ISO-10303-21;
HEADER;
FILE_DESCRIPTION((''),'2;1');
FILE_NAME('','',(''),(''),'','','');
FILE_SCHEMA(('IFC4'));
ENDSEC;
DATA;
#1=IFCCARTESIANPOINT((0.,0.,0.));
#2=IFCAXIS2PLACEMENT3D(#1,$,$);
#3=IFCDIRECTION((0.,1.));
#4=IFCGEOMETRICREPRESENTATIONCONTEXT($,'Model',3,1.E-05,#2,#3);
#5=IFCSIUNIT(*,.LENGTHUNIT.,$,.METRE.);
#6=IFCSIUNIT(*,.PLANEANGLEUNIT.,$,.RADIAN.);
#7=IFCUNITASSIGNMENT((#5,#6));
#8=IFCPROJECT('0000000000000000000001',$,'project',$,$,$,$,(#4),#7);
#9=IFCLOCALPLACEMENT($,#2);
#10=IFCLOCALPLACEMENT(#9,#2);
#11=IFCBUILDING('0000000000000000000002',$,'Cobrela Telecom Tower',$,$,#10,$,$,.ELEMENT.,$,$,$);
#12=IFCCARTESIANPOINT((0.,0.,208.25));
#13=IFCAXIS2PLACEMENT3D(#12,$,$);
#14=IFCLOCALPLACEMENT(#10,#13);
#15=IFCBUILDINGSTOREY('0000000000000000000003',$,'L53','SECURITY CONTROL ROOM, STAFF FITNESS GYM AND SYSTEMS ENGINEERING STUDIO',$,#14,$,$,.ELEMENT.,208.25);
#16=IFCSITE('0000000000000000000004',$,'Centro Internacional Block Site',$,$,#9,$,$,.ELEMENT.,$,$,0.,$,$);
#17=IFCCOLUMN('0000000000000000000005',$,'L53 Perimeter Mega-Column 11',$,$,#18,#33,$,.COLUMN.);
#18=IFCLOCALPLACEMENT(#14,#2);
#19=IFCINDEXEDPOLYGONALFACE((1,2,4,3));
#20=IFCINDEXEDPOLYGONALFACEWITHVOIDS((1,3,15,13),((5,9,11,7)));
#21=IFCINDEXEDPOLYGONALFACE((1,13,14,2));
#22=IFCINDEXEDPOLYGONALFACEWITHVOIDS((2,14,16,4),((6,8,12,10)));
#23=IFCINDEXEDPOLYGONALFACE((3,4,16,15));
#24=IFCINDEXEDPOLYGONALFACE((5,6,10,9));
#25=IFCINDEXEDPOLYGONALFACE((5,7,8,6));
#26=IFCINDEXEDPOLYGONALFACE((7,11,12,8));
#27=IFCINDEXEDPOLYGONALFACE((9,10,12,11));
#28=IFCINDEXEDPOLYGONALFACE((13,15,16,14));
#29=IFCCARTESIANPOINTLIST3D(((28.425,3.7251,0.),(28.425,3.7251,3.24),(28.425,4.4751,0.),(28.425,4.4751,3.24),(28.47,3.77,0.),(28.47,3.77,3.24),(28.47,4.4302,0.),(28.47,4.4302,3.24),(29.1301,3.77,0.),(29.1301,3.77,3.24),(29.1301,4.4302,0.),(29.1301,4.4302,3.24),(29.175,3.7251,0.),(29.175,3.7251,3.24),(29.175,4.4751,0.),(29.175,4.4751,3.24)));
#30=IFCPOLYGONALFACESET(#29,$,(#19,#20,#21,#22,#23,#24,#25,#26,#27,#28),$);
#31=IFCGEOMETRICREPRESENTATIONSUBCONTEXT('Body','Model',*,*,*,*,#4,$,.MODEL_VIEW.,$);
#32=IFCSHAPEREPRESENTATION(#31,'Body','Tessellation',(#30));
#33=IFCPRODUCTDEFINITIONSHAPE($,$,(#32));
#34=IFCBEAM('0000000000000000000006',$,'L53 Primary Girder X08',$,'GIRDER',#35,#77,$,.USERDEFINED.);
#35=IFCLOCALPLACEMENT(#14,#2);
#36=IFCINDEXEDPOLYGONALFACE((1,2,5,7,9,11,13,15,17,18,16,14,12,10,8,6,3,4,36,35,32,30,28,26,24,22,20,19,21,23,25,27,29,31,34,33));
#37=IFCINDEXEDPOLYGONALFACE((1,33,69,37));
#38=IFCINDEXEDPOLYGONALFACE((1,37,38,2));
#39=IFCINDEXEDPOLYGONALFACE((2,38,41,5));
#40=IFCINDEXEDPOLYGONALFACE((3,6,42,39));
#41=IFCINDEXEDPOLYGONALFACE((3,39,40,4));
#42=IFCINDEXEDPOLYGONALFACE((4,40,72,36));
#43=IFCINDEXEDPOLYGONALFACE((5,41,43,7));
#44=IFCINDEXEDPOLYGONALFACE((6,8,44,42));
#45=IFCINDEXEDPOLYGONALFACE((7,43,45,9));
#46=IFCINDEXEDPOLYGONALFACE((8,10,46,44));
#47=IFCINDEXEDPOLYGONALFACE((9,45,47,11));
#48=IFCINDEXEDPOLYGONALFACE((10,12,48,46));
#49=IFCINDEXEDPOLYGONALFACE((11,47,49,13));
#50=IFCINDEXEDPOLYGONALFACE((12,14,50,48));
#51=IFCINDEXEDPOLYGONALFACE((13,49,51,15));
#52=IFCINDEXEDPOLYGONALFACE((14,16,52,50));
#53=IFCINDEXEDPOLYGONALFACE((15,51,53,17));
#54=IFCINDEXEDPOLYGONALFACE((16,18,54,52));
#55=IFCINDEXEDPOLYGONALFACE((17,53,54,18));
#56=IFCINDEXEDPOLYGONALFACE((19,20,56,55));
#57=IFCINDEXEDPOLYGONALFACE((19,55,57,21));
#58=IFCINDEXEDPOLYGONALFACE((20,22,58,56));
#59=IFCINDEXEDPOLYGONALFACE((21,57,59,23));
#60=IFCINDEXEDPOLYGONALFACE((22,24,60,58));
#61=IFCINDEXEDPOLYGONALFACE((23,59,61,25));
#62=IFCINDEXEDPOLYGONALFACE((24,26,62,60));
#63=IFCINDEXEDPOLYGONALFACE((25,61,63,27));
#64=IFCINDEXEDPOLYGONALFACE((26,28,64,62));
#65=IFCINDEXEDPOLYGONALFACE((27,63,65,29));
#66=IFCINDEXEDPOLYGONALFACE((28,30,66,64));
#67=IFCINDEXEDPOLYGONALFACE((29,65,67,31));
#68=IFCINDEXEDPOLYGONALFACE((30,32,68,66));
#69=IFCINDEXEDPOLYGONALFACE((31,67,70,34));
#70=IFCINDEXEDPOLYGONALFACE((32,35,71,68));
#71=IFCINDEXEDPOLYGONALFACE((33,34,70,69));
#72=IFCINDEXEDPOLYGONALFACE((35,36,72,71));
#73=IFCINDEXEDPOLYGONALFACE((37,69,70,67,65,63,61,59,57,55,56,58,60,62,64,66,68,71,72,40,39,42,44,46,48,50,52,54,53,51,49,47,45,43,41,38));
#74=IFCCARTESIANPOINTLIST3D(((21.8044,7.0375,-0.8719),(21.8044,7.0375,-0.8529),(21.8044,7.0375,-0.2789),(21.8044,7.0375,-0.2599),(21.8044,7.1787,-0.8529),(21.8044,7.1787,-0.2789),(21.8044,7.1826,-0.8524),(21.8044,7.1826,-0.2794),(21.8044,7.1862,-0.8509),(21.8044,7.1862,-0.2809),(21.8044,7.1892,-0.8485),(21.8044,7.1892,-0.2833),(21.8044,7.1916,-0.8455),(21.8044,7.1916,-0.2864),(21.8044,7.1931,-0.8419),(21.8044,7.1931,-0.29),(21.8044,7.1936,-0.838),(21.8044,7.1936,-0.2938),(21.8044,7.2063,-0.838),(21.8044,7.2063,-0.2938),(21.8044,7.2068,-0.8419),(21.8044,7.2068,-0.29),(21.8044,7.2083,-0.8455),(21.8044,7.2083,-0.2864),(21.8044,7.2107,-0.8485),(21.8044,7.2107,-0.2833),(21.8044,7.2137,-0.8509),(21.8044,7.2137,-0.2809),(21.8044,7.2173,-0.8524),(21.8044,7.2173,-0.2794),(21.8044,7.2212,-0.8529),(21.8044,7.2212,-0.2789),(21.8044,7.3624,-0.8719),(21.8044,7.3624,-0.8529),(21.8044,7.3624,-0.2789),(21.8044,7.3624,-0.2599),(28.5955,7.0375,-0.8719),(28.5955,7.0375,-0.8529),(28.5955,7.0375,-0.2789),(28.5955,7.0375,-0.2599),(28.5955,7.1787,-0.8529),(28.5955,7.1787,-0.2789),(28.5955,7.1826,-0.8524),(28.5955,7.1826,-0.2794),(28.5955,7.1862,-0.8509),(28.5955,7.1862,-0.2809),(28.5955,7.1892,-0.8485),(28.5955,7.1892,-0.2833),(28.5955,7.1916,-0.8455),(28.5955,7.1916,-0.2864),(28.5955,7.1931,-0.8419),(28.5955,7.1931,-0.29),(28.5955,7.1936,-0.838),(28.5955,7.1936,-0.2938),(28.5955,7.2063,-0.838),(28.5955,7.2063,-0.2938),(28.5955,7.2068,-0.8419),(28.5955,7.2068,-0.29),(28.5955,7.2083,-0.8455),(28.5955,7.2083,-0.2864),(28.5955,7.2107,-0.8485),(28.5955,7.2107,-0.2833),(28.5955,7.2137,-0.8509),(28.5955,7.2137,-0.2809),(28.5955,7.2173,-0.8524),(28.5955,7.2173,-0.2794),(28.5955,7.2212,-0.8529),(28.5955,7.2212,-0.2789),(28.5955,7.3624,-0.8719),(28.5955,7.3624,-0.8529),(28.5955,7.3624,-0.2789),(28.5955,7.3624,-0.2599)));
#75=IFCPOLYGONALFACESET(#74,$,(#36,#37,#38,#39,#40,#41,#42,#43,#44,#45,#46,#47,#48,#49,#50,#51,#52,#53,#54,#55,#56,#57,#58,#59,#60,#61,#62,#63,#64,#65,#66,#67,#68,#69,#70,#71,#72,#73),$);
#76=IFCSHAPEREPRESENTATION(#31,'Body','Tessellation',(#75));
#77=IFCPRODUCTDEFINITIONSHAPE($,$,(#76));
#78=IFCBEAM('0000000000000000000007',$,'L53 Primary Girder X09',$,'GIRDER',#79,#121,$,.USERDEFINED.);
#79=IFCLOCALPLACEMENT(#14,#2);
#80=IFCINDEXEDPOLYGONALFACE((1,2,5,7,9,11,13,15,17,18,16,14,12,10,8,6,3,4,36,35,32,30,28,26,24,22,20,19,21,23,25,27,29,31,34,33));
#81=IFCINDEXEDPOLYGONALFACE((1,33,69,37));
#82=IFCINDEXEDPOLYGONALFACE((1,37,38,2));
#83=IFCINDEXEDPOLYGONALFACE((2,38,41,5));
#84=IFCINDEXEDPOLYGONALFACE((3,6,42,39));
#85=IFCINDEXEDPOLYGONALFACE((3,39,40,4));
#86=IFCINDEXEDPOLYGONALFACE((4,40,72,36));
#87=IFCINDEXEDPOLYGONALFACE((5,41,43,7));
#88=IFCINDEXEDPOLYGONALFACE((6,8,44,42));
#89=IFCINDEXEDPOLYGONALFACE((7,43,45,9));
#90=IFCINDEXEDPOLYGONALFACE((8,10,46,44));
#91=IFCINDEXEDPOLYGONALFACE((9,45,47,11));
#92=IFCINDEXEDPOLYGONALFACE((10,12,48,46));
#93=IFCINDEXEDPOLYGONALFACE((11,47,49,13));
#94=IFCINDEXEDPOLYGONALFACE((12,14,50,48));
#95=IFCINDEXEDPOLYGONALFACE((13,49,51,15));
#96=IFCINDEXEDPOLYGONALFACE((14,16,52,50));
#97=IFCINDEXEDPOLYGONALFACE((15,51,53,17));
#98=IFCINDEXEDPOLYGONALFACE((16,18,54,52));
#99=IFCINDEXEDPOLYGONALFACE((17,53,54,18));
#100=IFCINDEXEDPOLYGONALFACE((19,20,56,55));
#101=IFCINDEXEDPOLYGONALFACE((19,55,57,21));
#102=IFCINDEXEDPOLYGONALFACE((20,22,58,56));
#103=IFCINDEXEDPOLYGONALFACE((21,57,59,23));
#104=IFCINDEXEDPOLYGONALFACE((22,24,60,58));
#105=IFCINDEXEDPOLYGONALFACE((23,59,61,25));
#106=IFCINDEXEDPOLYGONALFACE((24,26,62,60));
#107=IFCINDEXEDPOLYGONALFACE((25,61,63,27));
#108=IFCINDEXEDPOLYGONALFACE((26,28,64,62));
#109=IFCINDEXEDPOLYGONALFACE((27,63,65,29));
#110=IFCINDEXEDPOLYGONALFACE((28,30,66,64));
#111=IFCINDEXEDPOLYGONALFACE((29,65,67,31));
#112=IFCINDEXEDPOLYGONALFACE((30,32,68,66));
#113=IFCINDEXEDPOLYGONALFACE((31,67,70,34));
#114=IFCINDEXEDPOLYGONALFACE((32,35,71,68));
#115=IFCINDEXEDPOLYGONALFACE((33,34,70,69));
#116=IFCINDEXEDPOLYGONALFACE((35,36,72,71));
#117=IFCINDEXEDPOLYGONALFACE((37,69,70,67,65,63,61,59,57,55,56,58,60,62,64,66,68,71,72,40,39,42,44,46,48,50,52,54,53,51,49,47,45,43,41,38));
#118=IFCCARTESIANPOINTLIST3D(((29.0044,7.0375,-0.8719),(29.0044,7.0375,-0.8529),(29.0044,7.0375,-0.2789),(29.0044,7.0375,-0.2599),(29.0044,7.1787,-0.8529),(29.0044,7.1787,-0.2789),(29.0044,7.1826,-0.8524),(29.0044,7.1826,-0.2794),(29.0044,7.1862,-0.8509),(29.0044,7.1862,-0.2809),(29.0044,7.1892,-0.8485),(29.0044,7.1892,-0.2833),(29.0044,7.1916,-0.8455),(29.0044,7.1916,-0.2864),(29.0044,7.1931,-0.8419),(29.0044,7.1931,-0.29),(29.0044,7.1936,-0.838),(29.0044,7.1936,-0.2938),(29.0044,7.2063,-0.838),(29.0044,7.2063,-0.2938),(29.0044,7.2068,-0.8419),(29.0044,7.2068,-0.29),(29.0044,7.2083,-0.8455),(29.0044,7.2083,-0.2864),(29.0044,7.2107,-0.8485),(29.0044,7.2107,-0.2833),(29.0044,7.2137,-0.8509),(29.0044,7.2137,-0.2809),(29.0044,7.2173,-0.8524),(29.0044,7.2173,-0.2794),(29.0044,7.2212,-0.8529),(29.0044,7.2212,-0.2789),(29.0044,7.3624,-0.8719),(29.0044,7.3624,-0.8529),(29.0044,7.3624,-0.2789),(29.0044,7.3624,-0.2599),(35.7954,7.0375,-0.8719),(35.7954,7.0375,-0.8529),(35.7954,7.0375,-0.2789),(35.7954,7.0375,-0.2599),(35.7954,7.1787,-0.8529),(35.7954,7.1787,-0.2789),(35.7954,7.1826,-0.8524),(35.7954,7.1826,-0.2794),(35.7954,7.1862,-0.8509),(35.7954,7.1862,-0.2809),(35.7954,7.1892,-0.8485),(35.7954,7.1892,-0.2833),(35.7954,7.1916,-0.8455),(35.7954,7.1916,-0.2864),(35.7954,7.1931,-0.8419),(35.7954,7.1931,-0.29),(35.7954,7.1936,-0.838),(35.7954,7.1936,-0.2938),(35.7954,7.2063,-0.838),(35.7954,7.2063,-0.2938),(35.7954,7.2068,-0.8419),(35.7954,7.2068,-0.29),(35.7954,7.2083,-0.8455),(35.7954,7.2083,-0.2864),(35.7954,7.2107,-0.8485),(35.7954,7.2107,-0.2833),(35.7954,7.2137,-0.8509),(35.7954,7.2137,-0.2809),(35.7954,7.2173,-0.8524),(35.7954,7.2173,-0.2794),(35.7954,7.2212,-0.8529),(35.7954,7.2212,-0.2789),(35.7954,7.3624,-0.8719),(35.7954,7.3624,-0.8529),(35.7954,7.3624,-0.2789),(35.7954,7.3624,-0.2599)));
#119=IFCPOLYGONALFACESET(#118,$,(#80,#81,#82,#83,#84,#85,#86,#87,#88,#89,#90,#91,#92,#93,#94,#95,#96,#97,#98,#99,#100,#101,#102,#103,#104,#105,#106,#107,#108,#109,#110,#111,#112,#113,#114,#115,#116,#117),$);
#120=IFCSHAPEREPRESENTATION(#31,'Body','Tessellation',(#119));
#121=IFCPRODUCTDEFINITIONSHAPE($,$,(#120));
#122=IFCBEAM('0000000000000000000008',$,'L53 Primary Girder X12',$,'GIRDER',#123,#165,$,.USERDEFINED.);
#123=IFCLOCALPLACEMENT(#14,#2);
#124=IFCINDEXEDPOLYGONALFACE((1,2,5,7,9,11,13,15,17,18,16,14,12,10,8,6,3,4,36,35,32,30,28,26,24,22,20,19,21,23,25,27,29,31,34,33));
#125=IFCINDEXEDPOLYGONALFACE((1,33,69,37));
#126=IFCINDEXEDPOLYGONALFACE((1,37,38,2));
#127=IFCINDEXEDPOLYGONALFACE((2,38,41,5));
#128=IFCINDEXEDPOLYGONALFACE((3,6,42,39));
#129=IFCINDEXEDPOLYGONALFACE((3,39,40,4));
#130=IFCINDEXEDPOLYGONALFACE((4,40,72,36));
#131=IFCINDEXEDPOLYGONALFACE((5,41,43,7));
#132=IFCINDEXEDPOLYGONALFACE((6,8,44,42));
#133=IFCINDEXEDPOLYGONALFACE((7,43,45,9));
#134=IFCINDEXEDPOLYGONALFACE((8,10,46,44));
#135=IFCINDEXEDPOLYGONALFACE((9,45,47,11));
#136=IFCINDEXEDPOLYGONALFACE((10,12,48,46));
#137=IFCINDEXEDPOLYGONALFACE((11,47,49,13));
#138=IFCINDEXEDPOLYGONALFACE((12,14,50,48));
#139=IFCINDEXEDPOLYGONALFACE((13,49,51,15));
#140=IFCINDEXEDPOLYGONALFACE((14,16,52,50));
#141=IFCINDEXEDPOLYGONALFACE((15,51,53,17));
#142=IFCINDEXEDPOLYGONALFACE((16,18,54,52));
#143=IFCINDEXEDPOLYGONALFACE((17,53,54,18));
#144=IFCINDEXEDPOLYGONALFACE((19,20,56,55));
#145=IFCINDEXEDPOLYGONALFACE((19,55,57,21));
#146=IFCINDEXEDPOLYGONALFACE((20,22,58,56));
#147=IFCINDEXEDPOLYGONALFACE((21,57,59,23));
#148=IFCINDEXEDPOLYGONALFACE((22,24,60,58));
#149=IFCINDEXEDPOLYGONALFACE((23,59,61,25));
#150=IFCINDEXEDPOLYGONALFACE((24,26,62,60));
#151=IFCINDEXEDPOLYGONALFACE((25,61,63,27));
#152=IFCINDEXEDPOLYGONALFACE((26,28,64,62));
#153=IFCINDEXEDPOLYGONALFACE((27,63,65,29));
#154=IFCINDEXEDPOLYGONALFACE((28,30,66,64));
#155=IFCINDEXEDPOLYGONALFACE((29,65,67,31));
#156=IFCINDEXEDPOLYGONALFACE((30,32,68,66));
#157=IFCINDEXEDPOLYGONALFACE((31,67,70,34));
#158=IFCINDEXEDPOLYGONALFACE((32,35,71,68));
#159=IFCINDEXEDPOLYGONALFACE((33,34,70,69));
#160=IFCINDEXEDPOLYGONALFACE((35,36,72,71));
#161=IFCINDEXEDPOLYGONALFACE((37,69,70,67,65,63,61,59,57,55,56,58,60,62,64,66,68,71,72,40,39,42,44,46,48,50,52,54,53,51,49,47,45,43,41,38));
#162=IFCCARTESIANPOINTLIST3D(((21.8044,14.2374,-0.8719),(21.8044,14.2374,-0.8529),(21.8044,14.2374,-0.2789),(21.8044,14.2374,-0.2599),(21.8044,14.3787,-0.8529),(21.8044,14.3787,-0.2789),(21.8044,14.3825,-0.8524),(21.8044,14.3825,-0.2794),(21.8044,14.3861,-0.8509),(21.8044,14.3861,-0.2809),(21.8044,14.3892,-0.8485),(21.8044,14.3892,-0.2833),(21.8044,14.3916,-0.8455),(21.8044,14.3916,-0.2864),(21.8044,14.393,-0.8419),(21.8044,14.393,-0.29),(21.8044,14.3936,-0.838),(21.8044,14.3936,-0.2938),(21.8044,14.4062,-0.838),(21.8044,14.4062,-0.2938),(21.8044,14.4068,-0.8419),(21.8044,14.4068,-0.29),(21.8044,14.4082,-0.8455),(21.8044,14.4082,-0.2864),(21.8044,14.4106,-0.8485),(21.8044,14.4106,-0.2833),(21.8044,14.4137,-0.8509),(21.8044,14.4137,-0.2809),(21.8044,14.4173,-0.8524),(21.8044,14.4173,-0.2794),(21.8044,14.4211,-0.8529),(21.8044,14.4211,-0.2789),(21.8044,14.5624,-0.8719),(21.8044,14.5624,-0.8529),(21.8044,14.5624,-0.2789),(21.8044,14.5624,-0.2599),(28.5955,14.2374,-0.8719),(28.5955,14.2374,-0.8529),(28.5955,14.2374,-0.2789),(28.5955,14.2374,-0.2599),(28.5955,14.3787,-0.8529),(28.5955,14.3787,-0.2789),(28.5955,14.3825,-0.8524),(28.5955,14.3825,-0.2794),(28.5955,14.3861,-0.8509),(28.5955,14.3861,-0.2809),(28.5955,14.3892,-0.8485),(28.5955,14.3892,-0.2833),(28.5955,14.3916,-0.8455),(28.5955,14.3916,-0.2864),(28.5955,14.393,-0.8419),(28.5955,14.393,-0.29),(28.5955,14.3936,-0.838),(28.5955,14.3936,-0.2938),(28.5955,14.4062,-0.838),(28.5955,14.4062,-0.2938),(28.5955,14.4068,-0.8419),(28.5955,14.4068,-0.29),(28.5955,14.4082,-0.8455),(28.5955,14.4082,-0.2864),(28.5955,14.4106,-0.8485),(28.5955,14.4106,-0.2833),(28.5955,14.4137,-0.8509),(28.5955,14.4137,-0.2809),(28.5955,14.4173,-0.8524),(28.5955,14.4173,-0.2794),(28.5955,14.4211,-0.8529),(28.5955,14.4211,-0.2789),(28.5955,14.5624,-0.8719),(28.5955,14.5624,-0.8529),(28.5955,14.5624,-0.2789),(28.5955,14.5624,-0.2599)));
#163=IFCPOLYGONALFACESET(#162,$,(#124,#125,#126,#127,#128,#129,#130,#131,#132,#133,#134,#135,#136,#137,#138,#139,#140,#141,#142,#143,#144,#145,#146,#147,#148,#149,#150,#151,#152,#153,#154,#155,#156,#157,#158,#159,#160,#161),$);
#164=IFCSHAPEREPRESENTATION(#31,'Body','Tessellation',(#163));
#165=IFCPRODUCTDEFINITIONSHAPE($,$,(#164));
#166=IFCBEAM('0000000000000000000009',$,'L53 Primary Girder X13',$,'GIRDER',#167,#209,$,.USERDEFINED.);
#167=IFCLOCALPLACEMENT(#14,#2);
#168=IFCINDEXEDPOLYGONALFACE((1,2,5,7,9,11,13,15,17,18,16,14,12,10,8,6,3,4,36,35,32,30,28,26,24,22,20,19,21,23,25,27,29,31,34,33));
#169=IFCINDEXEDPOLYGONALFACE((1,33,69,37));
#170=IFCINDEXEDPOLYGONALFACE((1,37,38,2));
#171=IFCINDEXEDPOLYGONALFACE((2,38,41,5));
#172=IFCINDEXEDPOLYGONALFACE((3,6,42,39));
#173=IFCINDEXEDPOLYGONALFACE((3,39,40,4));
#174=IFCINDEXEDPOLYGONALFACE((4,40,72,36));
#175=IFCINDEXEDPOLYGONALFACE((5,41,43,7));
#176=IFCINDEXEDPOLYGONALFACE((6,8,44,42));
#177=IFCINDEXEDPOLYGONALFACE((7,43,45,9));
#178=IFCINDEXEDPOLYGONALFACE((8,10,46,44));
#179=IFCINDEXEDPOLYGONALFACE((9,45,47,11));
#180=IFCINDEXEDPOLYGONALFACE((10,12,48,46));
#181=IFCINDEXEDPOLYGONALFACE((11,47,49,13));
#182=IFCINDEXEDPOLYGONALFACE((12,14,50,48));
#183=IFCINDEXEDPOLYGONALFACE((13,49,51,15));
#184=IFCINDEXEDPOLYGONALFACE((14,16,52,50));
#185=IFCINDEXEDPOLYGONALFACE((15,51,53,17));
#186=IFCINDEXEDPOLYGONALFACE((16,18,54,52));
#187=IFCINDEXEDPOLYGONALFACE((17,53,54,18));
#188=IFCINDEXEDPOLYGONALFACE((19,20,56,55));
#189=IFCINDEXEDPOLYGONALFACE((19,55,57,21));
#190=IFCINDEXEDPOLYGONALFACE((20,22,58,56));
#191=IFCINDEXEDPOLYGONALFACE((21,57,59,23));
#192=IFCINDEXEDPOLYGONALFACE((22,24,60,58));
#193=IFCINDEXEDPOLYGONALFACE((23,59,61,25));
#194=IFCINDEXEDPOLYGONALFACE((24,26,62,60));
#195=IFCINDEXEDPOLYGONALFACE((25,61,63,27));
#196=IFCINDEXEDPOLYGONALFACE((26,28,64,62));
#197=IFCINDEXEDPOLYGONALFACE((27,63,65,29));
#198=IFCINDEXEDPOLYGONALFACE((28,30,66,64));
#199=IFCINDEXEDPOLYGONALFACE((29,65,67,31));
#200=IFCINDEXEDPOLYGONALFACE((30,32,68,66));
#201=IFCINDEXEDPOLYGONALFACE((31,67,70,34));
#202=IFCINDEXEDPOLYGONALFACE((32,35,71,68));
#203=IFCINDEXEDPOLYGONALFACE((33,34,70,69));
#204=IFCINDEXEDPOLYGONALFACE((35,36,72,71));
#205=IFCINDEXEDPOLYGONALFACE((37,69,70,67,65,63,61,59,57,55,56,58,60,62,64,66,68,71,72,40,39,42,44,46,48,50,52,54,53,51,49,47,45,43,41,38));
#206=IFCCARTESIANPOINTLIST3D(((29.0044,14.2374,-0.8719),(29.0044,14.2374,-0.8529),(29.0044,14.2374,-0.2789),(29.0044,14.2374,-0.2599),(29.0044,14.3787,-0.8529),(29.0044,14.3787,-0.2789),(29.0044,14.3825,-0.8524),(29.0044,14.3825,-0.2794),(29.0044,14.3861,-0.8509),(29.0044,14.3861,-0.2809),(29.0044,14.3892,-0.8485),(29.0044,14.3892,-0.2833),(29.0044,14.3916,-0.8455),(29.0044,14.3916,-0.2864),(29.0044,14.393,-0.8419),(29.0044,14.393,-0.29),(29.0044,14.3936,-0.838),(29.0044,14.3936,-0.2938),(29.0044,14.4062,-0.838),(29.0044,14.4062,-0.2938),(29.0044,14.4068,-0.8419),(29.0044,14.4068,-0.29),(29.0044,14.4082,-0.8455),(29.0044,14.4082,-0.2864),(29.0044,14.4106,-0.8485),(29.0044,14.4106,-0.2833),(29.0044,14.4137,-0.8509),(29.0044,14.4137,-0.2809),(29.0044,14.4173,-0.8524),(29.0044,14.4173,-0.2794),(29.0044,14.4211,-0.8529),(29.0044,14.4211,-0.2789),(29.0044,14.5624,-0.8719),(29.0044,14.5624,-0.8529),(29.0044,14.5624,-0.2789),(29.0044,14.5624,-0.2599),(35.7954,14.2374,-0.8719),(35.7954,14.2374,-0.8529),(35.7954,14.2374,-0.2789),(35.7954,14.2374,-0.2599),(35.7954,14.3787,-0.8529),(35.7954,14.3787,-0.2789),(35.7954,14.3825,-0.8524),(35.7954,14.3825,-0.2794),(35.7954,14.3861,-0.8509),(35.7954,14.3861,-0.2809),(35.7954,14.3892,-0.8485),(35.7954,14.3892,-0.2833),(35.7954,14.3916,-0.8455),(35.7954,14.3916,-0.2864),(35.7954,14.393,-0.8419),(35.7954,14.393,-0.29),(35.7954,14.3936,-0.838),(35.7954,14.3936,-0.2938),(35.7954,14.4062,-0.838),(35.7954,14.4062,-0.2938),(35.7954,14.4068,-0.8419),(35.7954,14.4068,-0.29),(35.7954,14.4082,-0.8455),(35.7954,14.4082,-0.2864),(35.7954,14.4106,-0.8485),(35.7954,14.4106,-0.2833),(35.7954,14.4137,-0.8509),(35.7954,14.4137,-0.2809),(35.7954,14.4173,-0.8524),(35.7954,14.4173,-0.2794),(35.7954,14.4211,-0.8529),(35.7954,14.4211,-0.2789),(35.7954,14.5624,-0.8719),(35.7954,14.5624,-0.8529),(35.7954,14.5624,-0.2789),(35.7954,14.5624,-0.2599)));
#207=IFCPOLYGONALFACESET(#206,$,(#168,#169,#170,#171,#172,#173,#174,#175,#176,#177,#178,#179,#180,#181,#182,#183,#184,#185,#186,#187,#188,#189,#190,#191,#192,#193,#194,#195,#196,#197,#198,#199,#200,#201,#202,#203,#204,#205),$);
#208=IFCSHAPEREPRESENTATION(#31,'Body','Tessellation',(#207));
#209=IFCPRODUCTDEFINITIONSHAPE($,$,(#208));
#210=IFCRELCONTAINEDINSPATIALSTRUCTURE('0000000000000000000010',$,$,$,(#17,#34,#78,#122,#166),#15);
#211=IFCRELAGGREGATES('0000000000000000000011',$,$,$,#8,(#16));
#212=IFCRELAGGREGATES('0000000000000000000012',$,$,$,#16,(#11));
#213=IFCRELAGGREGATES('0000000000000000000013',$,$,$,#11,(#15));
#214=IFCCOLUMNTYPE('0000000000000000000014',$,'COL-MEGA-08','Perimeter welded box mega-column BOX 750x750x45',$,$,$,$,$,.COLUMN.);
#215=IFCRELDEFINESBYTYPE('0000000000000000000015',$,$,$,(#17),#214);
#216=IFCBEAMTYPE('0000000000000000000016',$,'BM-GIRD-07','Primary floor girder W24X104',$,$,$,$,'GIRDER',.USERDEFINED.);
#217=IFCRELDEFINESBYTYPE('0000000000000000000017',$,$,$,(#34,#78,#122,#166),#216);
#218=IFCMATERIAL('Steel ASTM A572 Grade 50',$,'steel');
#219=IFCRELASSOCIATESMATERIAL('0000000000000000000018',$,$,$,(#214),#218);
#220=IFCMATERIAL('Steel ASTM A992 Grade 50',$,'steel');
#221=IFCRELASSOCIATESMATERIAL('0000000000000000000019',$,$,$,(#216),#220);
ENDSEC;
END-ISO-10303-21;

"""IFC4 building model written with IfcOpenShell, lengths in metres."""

from ifc_helpers import new_model, si_unit, direction, frame, origin, origin_2d, place, context, subcontext, project, spatial, hollow_rectangle, i_section, extrude, material, material_profile, profile_set, type_object, element, save


model = new_model("IFC4")

# Units and contexts
model_context = context("Model", 3, precision=1e-05, world=origin(), true_north=direction((0.0, 1.0)))
body_context = subcontext(model_context, "Body", "Model", "MODEL_VIEW")
ifc_project = project(units=[si_unit("LENGTHUNIT", "METRE"), si_unit("PLANEANGLEUNIT", "RADIAN")], contexts=[model_context])

# Site, building, storey
site_placement = place(None, origin())
site = spatial("IfcSite", under=ifc_project, at=site_placement, Name="Centro Internacional Block Site", CompositionType="ELEMENT", RefElevation=0.0)
building_placement = place(site_placement, origin())
building = spatial("IfcBuilding", under=site, at=building_placement, Name="Cobrela Telecom Tower", CompositionType="ELEMENT")
storey_placement = place(building_placement, frame((0.0, 0.0, 208.25)))
storey = spatial("IfcBuildingStorey", under=building, at=storey_placement, Name="L53", Description="SECURITY CONTROL ROOM, STAFF FITNESS GYM AND SYSTEMS ENGINEERING STUDIO", CompositionType="ELEMENT", Elevation=208.25)

# Column
ifc_material_1 = material(Name="Steel ASTM A992 Grade 50", Category="steel")
ifc_material_2 = material(Name="Steel ASTM A572 Grade 50", Category="steel")
ifc_material_profile_1 = material_profile(ifc_material_2, hollow_rectangle(XDim=0.75, YDim=0.75, WallThickness=0.0449, at=origin_2d()), Name="BOX 750x750x45")
ifc_profile_set_1 = profile_set([ifc_material_profile_1], Name="Steel ASTM A572 Grade 50")
column_type_1 = type_object("IfcColumnType", Name="COL-MEGA-08", Description="Perimeter welded box mega-column BOX 750x750x45", PredefinedType="COLUMN", material=ifc_profile_set_1)
for number, where, z_axis, x_axis, name in (
    (1, (28.8, 4.1001, 0.0), (0.0, 0.0, 1.0), (1.0, 0.0, 0.0), "L53 Perimeter Mega-Column 11"),
):
    element("IfcColumn", number, at=place(storey_placement, frame(where, z_axis=z_axis, x_axis=x_axis)), inside=storey, type_object=column_type_1, Name=name, PredefinedType="COLUMN", context=body_context, shape_type="SweptSolid", body=[
        extrude(hollow_rectangle(XDim=0.75, YDim=0.75, WallThickness=0.0449, at=origin_2d()), origin(), (0.0, 0.0, 1.0), 3.24),
    ])

# Beams
ifc_material_profile_2 = material_profile(ifc_material_1, i_section(OverallWidth=0.325, OverallDepth=0.6121, WebThickness=0.0127, FlangeThickness=0.019, FilletRadius=0.0149, at=origin_2d()), Name="W24X104")
ifc_profile_set_2 = profile_set([ifc_material_profile_2], Name="Steel ASTM A992 Grade 50")
beam_type_1 = type_object("IfcBeamType", Name="BM-GIRD-07", Description="Primary floor girder W24X104", ElementType="GIRDER", PredefinedType="USERDEFINED", material=ifc_profile_set_2)
for number, where, z_axis, x_axis, name in (
    (2, (21.8044, 7.2, -0.5659), (1.0, 0.0, 0.0), (0.0, 1.0, 0.0), "L53 Primary Girder X08"),
    (3, (29.0044, 7.2, -0.5659), (1.0, 0.0, 0.0), (0.0, 1.0, 0.0), "L53 Primary Girder X09"),
    (4, (21.8044, 14.3999, -0.5659), (1.0, 0.0, 0.0), (0.0, 1.0, 0.0), "L53 Primary Girder X12"),
    (5, (29.0044, 14.3999, -0.5659), (1.0, 0.0, 0.0), (0.0, 1.0, 0.0), "L53 Primary Girder X13"),
):
    element("IfcBeam", number, at=place(storey_placement, frame(where, z_axis=z_axis, x_axis=x_axis)), inside=storey, type_object=beam_type_1, Name=name, ObjectType="GIRDER", PredefinedType="USERDEFINED", context=body_context, shape_type="SweptSolid", body=[
        extrude(i_section(OverallWidth=0.325, OverallDepth=0.6121, WebThickness=0.0127, FlangeThickness=0.019, FilletRadius=0.0149, at=origin_2d()), origin(), (0.0, 0.0, 1.0), 6.791),
    ])

save(model, "model.ifc")
